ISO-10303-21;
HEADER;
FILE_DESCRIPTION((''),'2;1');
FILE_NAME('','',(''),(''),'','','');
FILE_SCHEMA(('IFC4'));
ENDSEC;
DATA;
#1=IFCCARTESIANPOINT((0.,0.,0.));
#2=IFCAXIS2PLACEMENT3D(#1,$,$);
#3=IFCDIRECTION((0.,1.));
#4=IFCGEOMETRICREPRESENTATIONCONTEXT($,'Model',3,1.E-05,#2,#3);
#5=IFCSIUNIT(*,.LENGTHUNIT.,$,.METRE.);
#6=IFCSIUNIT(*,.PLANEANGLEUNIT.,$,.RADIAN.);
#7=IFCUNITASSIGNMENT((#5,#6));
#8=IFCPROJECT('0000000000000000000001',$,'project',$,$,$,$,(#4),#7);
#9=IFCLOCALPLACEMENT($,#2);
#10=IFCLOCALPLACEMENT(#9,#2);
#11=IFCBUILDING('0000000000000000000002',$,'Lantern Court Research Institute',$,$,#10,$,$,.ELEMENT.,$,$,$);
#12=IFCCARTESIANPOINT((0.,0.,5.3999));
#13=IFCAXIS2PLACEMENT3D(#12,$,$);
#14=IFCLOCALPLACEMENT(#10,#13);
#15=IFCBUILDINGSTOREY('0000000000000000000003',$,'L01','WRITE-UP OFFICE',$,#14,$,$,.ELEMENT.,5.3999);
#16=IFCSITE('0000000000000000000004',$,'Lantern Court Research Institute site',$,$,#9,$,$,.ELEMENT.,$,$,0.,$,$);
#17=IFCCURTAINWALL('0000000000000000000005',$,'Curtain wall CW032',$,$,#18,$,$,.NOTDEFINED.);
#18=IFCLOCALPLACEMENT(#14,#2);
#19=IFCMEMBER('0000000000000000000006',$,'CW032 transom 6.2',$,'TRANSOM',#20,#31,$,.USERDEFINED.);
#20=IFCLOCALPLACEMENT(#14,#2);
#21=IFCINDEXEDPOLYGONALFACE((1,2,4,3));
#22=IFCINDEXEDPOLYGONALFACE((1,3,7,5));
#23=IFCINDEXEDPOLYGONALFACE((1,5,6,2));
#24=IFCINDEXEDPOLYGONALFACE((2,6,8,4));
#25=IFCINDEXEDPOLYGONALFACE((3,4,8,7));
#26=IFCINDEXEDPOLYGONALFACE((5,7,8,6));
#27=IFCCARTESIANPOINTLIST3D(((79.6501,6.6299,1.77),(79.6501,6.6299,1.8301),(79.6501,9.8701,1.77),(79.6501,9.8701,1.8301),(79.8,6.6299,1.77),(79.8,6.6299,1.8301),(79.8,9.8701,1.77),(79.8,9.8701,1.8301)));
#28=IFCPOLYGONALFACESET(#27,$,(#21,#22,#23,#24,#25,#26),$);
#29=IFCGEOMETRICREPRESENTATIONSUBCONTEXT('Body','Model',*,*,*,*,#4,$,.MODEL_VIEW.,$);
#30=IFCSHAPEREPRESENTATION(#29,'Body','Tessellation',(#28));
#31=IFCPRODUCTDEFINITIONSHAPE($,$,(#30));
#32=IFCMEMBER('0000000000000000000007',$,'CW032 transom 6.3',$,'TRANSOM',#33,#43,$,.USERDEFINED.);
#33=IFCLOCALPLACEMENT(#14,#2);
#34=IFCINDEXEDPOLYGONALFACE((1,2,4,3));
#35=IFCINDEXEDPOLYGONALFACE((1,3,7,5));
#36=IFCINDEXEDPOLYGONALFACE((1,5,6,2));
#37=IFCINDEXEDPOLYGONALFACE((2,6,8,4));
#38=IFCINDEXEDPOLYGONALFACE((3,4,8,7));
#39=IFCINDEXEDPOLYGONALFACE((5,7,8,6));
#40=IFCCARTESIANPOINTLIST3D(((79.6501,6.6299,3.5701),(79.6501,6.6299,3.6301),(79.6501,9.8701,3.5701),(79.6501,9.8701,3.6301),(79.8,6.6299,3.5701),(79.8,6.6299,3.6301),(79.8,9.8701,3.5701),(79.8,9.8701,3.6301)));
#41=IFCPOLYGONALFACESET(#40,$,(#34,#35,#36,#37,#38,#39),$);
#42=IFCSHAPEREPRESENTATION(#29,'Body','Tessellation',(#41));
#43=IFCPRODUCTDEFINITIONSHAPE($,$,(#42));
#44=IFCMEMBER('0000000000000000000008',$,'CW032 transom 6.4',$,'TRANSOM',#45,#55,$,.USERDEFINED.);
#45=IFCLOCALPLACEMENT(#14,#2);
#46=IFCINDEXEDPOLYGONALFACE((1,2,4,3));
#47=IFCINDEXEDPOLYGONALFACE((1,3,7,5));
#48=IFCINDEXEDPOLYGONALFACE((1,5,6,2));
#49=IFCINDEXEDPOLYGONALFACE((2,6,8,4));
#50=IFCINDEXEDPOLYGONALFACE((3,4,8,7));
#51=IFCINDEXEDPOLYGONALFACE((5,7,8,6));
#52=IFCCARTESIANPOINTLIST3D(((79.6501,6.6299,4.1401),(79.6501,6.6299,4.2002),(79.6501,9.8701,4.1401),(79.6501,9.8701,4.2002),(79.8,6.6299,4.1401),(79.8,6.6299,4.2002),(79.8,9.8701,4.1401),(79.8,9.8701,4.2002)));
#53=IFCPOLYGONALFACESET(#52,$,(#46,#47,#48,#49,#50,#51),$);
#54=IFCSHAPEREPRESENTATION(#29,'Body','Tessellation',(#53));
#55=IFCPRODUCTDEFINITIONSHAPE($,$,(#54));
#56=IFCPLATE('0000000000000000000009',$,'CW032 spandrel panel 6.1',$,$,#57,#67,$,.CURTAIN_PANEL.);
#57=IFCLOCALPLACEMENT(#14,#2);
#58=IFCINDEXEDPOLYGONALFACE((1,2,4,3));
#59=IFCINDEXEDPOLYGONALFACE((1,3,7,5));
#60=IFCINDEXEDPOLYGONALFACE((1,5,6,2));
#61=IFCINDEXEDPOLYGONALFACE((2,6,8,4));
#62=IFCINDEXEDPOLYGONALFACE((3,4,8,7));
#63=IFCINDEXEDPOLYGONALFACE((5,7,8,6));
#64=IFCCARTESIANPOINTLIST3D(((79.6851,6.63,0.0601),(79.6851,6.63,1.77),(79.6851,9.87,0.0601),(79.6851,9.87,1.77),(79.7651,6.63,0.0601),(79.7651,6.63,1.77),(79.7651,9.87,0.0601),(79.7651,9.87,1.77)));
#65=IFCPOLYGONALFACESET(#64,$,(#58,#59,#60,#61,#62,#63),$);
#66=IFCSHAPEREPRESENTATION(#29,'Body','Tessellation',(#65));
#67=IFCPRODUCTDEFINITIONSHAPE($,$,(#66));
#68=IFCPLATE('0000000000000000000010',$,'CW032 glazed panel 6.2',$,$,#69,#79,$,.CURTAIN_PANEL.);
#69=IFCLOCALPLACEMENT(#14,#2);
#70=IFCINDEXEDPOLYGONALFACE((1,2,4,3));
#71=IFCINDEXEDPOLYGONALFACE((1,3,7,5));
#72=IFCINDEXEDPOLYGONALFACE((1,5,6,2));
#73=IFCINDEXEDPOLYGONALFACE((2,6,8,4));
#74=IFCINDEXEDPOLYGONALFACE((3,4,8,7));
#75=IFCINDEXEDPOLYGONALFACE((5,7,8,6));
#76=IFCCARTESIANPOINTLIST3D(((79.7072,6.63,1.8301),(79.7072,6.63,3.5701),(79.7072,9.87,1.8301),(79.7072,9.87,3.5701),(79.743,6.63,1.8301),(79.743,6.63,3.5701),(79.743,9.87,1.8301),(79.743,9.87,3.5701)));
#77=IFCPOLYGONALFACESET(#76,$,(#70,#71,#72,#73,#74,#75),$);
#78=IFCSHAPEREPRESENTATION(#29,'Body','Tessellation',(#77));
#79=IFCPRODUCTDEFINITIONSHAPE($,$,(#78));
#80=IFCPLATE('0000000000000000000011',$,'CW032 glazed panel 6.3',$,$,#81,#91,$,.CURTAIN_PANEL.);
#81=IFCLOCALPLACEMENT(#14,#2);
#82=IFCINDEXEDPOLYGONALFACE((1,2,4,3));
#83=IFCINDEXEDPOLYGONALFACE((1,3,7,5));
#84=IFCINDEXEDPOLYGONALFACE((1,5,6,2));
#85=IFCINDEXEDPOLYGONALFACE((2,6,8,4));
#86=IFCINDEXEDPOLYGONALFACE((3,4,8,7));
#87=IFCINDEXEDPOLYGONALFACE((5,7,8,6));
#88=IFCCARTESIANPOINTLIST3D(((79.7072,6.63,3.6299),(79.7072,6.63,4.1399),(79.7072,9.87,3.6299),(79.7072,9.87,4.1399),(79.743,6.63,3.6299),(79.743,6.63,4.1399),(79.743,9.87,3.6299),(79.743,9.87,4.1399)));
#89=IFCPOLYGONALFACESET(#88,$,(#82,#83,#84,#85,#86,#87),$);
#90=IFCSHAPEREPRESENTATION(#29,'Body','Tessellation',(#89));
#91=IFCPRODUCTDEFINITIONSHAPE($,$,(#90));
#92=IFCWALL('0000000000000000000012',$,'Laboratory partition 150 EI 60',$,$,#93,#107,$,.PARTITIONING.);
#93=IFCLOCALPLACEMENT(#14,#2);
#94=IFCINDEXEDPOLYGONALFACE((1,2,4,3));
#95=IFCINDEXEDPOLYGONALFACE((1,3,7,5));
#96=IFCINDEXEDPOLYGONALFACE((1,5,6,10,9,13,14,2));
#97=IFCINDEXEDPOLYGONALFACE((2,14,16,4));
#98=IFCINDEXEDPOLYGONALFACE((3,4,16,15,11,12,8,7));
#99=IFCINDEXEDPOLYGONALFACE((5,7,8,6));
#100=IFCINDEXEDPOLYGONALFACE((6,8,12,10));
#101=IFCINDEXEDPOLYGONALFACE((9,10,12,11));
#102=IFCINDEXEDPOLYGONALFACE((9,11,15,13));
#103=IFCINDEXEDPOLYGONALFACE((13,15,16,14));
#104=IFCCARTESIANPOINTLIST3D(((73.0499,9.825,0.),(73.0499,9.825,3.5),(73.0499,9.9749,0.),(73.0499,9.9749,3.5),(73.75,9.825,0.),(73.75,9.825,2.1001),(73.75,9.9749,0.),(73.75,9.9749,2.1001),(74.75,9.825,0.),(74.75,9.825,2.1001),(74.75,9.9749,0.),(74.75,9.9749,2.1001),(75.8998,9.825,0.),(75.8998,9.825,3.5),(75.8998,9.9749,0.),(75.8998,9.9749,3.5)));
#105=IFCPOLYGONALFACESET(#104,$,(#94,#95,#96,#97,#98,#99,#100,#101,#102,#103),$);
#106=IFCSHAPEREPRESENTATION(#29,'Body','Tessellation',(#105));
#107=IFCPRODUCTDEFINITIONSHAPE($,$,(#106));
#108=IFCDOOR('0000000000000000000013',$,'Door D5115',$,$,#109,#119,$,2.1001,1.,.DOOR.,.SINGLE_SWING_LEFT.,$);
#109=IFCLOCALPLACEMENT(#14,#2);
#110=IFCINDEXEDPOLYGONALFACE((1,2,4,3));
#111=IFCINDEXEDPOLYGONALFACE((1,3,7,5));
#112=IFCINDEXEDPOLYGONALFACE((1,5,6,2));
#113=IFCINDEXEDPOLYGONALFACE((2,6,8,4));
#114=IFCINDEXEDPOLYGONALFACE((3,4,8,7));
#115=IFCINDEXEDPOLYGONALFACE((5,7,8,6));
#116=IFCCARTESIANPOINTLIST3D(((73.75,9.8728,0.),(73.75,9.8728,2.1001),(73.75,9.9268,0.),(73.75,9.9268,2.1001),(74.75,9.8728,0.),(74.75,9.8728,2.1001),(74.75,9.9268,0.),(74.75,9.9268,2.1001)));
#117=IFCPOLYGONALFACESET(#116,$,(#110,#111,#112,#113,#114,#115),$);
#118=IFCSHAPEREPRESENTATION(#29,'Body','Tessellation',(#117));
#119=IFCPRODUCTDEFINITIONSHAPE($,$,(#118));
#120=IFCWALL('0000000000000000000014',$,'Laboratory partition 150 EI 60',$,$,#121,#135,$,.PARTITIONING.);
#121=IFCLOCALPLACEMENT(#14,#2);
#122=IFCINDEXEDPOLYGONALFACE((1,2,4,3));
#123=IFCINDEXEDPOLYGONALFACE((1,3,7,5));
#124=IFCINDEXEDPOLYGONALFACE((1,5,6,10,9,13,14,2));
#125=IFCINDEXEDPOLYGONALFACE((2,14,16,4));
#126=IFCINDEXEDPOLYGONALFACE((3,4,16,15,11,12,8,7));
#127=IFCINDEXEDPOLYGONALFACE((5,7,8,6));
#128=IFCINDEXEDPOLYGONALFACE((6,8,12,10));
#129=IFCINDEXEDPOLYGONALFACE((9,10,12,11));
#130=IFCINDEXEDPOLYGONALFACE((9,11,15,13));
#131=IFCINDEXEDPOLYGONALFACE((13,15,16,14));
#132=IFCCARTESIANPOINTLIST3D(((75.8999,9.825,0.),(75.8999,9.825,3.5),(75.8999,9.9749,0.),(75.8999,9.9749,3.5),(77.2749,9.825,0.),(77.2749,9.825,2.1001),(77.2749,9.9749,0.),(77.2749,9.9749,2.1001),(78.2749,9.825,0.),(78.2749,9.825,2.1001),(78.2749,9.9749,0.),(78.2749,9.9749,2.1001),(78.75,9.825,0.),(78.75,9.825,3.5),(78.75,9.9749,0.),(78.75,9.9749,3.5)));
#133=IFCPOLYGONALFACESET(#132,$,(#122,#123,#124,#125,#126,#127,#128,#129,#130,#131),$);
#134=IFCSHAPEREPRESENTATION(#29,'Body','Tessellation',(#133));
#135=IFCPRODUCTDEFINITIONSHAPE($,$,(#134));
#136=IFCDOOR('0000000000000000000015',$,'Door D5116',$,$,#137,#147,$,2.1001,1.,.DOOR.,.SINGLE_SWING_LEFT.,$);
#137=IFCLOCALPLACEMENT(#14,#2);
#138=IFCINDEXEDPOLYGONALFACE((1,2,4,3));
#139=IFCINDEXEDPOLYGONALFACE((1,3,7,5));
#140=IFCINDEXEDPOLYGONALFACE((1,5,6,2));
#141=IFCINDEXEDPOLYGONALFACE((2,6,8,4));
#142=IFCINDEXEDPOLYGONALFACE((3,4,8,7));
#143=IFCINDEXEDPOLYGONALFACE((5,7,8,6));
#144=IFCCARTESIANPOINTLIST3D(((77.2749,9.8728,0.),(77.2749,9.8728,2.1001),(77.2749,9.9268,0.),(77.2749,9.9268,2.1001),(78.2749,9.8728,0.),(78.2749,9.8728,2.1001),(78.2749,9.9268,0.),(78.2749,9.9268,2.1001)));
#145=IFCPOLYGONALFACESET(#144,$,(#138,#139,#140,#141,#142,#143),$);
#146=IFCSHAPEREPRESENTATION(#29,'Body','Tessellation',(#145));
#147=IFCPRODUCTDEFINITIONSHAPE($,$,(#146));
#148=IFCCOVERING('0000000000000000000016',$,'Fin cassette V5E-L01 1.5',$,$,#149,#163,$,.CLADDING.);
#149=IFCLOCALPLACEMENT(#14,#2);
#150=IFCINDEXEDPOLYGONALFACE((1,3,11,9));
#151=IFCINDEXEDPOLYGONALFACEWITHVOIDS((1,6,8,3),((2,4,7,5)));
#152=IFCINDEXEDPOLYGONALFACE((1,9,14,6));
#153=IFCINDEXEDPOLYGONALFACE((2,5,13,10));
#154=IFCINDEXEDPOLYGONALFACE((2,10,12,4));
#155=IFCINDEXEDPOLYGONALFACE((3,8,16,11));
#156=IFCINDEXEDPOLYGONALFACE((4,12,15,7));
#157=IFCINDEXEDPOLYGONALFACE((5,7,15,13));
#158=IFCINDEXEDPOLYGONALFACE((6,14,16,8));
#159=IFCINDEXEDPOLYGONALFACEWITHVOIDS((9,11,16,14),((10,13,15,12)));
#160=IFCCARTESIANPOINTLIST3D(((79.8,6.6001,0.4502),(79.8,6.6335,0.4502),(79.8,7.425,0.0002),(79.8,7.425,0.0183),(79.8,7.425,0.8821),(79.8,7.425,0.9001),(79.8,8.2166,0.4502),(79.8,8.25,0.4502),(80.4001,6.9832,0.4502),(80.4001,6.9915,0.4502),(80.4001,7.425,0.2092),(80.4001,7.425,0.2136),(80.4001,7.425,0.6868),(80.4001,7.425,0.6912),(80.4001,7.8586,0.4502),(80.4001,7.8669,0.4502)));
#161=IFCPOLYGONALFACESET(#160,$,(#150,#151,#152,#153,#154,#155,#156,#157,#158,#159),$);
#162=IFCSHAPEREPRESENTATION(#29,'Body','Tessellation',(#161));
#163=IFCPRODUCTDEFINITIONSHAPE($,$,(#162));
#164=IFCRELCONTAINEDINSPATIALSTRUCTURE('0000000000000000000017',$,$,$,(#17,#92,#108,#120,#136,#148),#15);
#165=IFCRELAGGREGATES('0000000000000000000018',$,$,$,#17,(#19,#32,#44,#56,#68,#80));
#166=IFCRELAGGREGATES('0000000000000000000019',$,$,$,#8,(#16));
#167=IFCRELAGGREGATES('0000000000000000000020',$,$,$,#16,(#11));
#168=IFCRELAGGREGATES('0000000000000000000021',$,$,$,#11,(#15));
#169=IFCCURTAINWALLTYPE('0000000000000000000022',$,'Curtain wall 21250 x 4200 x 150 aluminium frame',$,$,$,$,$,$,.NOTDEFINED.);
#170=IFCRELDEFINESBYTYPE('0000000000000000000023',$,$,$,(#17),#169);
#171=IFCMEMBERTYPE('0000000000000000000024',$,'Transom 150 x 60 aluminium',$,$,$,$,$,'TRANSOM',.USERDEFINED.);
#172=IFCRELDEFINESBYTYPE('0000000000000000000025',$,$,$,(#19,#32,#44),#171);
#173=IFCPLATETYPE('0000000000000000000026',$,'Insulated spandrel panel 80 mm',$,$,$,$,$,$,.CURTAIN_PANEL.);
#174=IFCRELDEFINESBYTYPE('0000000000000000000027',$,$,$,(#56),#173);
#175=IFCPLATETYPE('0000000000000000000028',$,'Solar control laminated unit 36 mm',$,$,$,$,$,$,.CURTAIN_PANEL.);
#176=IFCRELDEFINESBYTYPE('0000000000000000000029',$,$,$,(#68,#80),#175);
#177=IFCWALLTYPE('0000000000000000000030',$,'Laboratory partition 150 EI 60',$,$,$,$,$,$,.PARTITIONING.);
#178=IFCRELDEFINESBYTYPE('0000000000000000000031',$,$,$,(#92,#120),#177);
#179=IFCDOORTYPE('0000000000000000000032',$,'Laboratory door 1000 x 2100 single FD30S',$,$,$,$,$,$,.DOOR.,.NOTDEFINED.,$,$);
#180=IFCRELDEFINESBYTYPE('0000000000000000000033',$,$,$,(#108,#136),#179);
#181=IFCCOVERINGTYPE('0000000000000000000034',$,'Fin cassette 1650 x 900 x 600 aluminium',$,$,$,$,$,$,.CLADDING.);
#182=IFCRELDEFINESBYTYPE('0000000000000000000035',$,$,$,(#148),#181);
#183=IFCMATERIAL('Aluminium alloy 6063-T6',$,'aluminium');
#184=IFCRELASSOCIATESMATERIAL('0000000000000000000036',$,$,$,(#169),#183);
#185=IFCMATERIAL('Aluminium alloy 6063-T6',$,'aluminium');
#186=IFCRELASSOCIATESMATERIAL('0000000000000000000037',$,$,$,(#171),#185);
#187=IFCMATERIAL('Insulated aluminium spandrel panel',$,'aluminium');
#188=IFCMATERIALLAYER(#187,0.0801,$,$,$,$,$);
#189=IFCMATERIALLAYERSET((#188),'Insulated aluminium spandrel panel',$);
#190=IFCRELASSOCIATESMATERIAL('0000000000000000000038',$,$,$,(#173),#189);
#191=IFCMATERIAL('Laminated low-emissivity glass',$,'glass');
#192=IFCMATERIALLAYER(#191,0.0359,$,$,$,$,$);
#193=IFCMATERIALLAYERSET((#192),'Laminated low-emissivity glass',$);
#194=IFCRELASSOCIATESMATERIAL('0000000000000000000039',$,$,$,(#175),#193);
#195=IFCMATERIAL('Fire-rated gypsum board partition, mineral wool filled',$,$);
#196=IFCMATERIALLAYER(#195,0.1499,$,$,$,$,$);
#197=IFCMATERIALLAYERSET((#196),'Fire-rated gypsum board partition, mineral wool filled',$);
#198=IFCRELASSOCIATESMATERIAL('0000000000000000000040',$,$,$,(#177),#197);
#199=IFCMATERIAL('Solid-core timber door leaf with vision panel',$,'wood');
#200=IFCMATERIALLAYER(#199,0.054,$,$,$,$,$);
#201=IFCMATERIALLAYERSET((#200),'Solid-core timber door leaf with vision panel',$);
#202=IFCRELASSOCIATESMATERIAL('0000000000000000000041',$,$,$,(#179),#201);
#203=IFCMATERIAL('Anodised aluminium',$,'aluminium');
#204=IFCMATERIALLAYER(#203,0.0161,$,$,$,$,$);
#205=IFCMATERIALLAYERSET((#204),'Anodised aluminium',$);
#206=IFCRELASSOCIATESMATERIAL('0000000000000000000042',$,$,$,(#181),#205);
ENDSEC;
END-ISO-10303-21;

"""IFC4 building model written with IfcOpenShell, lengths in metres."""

from ifc_helpers import new_model, entity, si_unit, direction, frame, frame_2d, origin, origin_2d, place, context, subcontext, project, spatial, rectangle, extrude, material, layer, layer_set, material_profile, profile_set, type_object, element, fill, aggregate, save


model = new_model("IFC4")

# Units and contexts
model_context = context("Model", 3, precision=1e-05, world=origin(), true_north=direction((0.0, 1.0)))
body_context = subcontext(model_context, "Body", "Model", "MODEL_VIEW")
ifc_project = project(units=[si_unit("LENGTHUNIT", "METRE"), si_unit("PLANEANGLEUNIT", "RADIAN")], contexts=[model_context])

# Site, building, storey
site_placement = place(None, origin())
site = spatial("IfcSite", under=ifc_project, at=site_placement, Name="Lantern Court Research Institute site", CompositionType="ELEMENT", RefElevation=0.0)
building_placement = place(site_placement, origin())
building = spatial("IfcBuilding", under=site, at=building_placement, Name="Lantern Court Research Institute", CompositionType="ELEMENT")
storey_placement = place(building_placement, frame((0.0, 0.0, 5.3999)))
storey = spatial("IfcBuildingStorey", under=building, at=storey_placement, Name="L01", Description="WRITE-UP OFFICE", CompositionType="ELEMENT", Elevation=5.3999)

# Curtain wall
ifc_material_1 = material(Name="Aluminium alloy 6063-T6", Category="aluminium")
curtain_wall_type = type_object("IfcCurtainWallType", Name="Curtain wall 21250 x 4200 x 150 aluminium frame", PredefinedType="NOTDEFINED", material=ifc_material_1)
curtain_wall_placement = place(storey_placement, origin())
curtain_wall = element("IfcCurtainWall", 1, at=curtain_wall_placement, inside=storey, type_object=curtain_wall_type, Name="Curtain wall CW032", PredefinedType="NOTDEFINED")

# Members
ifc_material_2 = material(Name="Aluminium alloy 6063-T6", Category="aluminium")
ifc_material_profile_1 = material_profile(ifc_material_2, rectangle(XDim=0.1499, YDim=0.0601, at=origin_2d()), Name="Transom 150 x 60")
ifc_profile_set_1 = profile_set([ifc_material_profile_1], Name="Aluminium alloy 6063-T6")
member_type_1 = type_object("IfcMemberType", Name="Transom 150 x 60 aluminium", ElementType="TRANSOM", PredefinedType="USERDEFINED", material=ifc_profile_set_1)
member_1_placement = place(storey_placement, frame((79.7251, 9.8701, 1.8), z_axis=(0.0, -1.0, 0.0), x_axis=(1.0, 0.0, 0.0)))
member_1 = element("IfcMember", 2, at=member_1_placement, type_object=member_type_1, Name="CW032 transom 6.2", ObjectType="TRANSOM", PredefinedType="USERDEFINED", context=body_context, shape_type="SweptSolid", body=[
    extrude(rectangle(XDim=0.1499, YDim=0.0601, at=origin_2d()), origin(), (0.0, 0.0, 1.0), 3.2402),
])
member_2_placement = place(storey_placement, frame((79.7251, 9.8701, 3.6001), z_axis=(0.0, -1.0, 0.0), x_axis=(1.0, 0.0, 0.0)))
member_2 = element("IfcMember", 3, at=member_2_placement, type_object=member_type_1, Name="CW032 transom 6.3", ObjectType="TRANSOM", PredefinedType="USERDEFINED", context=body_context, shape_type="SweptSolid", body=[
    extrude(rectangle(XDim=0.1499, YDim=0.0601, at=origin_2d()), origin(), (0.0, 0.0, 1.0), 3.2402),
])
member_3_placement = place(storey_placement, frame((79.7251, 9.8701, 4.1702), z_axis=(0.0, -1.0, 0.0), x_axis=(1.0, 0.0, 0.0)))
member_3 = element("IfcMember", 4, at=member_3_placement, type_object=member_type_1, Name="CW032 transom 6.4", ObjectType="TRANSOM", PredefinedType="USERDEFINED", context=body_context, shape_type="SweptSolid", body=[
    extrude(rectangle(XDim=0.1499, YDim=0.0601, at=origin_2d()), origin(), (0.0, 0.0, 1.0), 3.2402),
])

# Plates
ifc_material_3 = material(Name="Insulated aluminium spandrel panel", Category="aluminium")
ifc_layer_1 = layer(ifc_material_3, 0.0801)
ifc_layer_set_1 = layer_set([ifc_layer_1], Name="Insulated aluminium spandrel panel")
plate_type_1 = type_object("IfcPlateType", Name="Insulated spandrel panel 80 mm", PredefinedType="CURTAIN_PANEL", material=ifc_layer_set_1)
plate_1_placement = place(storey_placement, frame((79.7251, 8.25, 0.0601), z_axis=(0.0, 0.0, 1.0), x_axis=(0.0, -1.0, 0.0)))
plate_1 = element("IfcPlate", 5, at=plate_1_placement, type_object=plate_type_1, Name="CW032 spandrel panel 6.1", PredefinedType="CURTAIN_PANEL", context=body_context, shape_type="SweptSolid", body=[
    extrude(rectangle(XDim=3.24, YDim=0.0801, at=origin_2d()), origin(), (0.0, 0.0, 1.0), 1.71),
])
ifc_material_4 = material(Name="Laminated low-emissivity glass", Category="glass")
ifc_layer_2 = layer(ifc_material_4, 0.0359)
ifc_layer_set_2 = layer_set([ifc_layer_2], Name="Laminated low-emissivity glass")
plate_type_2 = type_object("IfcPlateType", Name="Solar control laminated unit 36 mm", PredefinedType="CURTAIN_PANEL", material=ifc_layer_set_2)
plate_2_placement = place(storey_placement, frame((79.7251, 8.25, 1.8301), z_axis=(0.0, 0.0, 1.0), x_axis=(0.0, -1.0, 0.0)))
plate_2 = element("IfcPlate", 6, at=plate_2_placement, type_object=plate_type_2, Name="CW032 glazed panel 6.2", PredefinedType="CURTAIN_PANEL", context=body_context, shape_type="SweptSolid", body=[
    extrude(rectangle(XDim=3.24, YDim=0.0359, at=origin_2d()), origin(), (0.0, 0.0, 1.0), 1.74),
])
plate_3_placement = place(storey_placement, frame((79.7251, 8.25, 3.6299), z_axis=(0.0, 0.0, 1.0), x_axis=(0.0, -1.0, 0.0)))
plate_3 = element("IfcPlate", 7, at=plate_3_placement, type_object=plate_type_2, Name="CW032 glazed panel 6.3", PredefinedType="CURTAIN_PANEL", context=body_context, shape_type="SweptSolid", body=[
    extrude(rectangle(XDim=3.24, YDim=0.0359, at=origin_2d()), origin(), (0.0, 0.0, 1.0), 0.51),
])
aggregate(curtain_wall, [member_1, member_2, member_3, plate_1, plate_2, plate_3])

# Walls, openings, doors
ifc_material_5 = material(Name="Fire-rated gypsum board partition, mineral wool filled")
ifc_layer_3 = layer(ifc_material_5, 0.1499)
ifc_layer_set_3 = layer_set([ifc_layer_3], Name="Fire-rated gypsum board partition, mineral wool filled")
wall_type = type_object("IfcWallType", Name="Laboratory partition 150 EI 60", PredefinedType="PARTITIONING", material=ifc_layer_set_3)
wall_1_placement = place(storey_placement, frame((73.05, 9.8999, 0.0), z_axis=(0.0, 0.0, 1.0), x_axis=(1.0, 0.0, 0.0)))
wall_1 = element("IfcWall", 8, at=wall_1_placement, inside=storey, type_object=wall_type, Name="Laboratory partition 150 EI 60", PredefinedType="PARTITIONING", context=body_context, shape_type="SweptSolid", body=[
    extrude(rectangle(XDim=2.8499, YDim=0.1499, at=frame_2d((1.4248, 0.0))), origin(), (0.0, 0.0, 1.0), 3.5),
])
opening_1_placement = place(wall_1_placement, frame((0.7, 0.0, 0.0)))
opening_1 = element("IfcOpeningElement", 9, at=opening_1_placement, cuts=wall_1, PredefinedType="OPENING", context=body_context, shape_type="SweptSolid", body=[
    extrude(rectangle(XDim=1.0, YDim=2.1001, at=frame_2d((0.5, 1.05))), frame((0.0, 0.085, 0.0), z_axis=(0.0, -1.0, 0.0), x_axis=(1.0, 0.0, 0.0)), (0.0, 0.0, 1.0), 0.1699),
])
ifc_material_6 = material(Name="Solid-core timber door leaf with vision panel", Category="wood")
ifc_layer_4 = layer(ifc_material_6, 0.054)
ifc_layer_set_4 = layer_set([ifc_layer_4], Name="Solid-core timber door leaf with vision panel")
door_type = type_object("IfcDoorType", Name="Laboratory door 1000 x 2100 single FD30S", OperationType="NOTDEFINED", PredefinedType="DOOR", material=ifc_layer_set_4)
door_1_placement = place(opening_1_placement, origin())
door_1 = element("IfcDoor", 10, at=door_1_placement, inside=storey, type_object=door_type, Name="Door D5115", OperationType="SINGLE_SWING_LEFT", OverallHeight=2.1001, OverallWidth=1.0, PredefinedType="DOOR", context=body_context, shape_type="SweptSolid", body=[
    extrude(rectangle(XDim=1.0, YDim=2.1001, at=frame_2d((0.5, 1.05))), frame((0.0, 0.0269, 0.0), z_axis=(0.0, -1.0, 0.0), x_axis=(1.0, 0.0, 0.0)), (0.0, 0.0, 1.0), 0.054),
])
fill(opening_1, door_1)
wall_2_placement = place(storey_placement, frame((75.8999, 9.8999, 0.0), z_axis=(0.0, 0.0, 1.0), x_axis=(1.0, 0.0, 0.0)))
wall_2 = element("IfcWall", 11, at=wall_2_placement, inside=storey, type_object=wall_type, Name="Laboratory partition 150 EI 60", PredefinedType="PARTITIONING", context=body_context, shape_type="SweptSolid", body=[
    extrude(rectangle(XDim=2.8501, YDim=0.1499, at=frame_2d((1.425, 0.0))), origin(), (0.0, 0.0, 1.0), 3.5),
])
opening_2_placement = place(wall_2_placement, frame((1.375, 0.0, 0.0)))
opening_2 = element("IfcOpeningElement", 12, at=opening_2_placement, cuts=wall_2, PredefinedType="OPENING", context=body_context, shape_type="SweptSolid", body=[
    extrude(rectangle(XDim=1.0, YDim=2.1001, at=frame_2d((0.5, 1.05))), frame((0.0, 0.085, 0.0), z_axis=(0.0, -1.0, 0.0), x_axis=(1.0, 0.0, 0.0)), (0.0, 0.0, 1.0), 0.1699),
])
door_2_placement = place(opening_2_placement, origin())
door_2 = element("IfcDoor", 13, at=door_2_placement, inside=storey, type_object=door_type, Name="Door D5116", OperationType="SINGLE_SWING_LEFT", OverallHeight=2.1001, OverallWidth=1.0, PredefinedType="DOOR", context=body_context, shape_type="SweptSolid", body=[
    extrude(rectangle(XDim=1.0, YDim=2.1001, at=frame_2d((0.5, 1.05))), frame((0.0, 0.0269, 0.0), z_axis=(0.0, -1.0, 0.0), x_axis=(1.0, 0.0, 0.0)), (0.0, 0.0, 1.0), 0.054),
])
fill(opening_2, door_2)

# Covering
ifc_material_7 = material(Name="Anodised aluminium", Category="aluminium")
ifc_layer_5 = layer(ifc_material_7, 0.0161)
ifc_layer_set_5 = layer_set([ifc_layer_5], Name="Anodised aluminium")
covering_type = type_object("IfcCoveringType", Name="Fin cassette 1650 x 900 x 600 aluminium", PredefinedType="CLADDING", material=ifc_layer_set_5)
covering_1_placement = place(storey_placement, frame((79.8, 7.425, 0.4502), z_axis=(1.0, 0.0, 0.0), x_axis=(0.0, 1.0, 0.0)))
cartesian_point_1 = entity("IfcCartesianPoint", [0.825, 0.0])
cartesian_point_2 = entity("IfcCartesianPoint", [0.7915, 0.0])
cartesian_point_3 = entity("IfcCartesianPoint", [0.4419, 0.0])
cartesian_point_4 = entity("IfcCartesianPoint", [0.4336, 0.0])
element("IfcCovering", 14, at=covering_1_placement, inside=storey, type_object=covering_type, Name="Fin cassette V5E-L01 1.5", PredefinedType="CLADDING", context=body_context, shape_type="SweptSolid", body=[
    entity("IfcExtrudedAreaSolidTapered", entity("IfcArbitraryProfileDefWithVoids", "AREA", None, entity("IfcPolyline", [cartesian_point_1, entity("IfcCartesianPoint", [0.0, 0.45]), entity("IfcCartesianPoint", [-0.825, 0.0]), entity("IfcCartesianPoint", [0.0, -0.45]), cartesian_point_1]), [entity("IfcPolyline", [cartesian_point_2, entity("IfcCartesianPoint", [0.0, 0.4319]), entity("IfcCartesianPoint", [-0.7915, 0.0]), entity("IfcCartesianPoint", [0.0, -0.4319]), cartesian_point_2])]), entity("IfcAxis2Placement3D", entity("IfcCartesianPoint", [0.0, 0.0, 0.0])), entity("IfcDirection", [0.0, 0.0, 1.0]), 0.6001, entity("IfcArbitraryProfileDefWithVoids", "AREA", None, entity("IfcPolyline", [cartesian_point_3, entity("IfcCartesianPoint", [0.0, 0.241]), entity("IfcCartesianPoint", [-0.4419, 0.0]), entity("IfcCartesianPoint", [0.0, -0.241]), cartesian_point_3]), [entity("IfcPolyline", [cartesian_point_4, entity("IfcCartesianPoint", [0.0, 0.2366]), entity("IfcCartesianPoint", [-0.4336, 0.0]), entity("IfcCartesianPoint", [0.0, -0.2366]), cartesian_point_4])])),
])

save(model, "model.ifc")
